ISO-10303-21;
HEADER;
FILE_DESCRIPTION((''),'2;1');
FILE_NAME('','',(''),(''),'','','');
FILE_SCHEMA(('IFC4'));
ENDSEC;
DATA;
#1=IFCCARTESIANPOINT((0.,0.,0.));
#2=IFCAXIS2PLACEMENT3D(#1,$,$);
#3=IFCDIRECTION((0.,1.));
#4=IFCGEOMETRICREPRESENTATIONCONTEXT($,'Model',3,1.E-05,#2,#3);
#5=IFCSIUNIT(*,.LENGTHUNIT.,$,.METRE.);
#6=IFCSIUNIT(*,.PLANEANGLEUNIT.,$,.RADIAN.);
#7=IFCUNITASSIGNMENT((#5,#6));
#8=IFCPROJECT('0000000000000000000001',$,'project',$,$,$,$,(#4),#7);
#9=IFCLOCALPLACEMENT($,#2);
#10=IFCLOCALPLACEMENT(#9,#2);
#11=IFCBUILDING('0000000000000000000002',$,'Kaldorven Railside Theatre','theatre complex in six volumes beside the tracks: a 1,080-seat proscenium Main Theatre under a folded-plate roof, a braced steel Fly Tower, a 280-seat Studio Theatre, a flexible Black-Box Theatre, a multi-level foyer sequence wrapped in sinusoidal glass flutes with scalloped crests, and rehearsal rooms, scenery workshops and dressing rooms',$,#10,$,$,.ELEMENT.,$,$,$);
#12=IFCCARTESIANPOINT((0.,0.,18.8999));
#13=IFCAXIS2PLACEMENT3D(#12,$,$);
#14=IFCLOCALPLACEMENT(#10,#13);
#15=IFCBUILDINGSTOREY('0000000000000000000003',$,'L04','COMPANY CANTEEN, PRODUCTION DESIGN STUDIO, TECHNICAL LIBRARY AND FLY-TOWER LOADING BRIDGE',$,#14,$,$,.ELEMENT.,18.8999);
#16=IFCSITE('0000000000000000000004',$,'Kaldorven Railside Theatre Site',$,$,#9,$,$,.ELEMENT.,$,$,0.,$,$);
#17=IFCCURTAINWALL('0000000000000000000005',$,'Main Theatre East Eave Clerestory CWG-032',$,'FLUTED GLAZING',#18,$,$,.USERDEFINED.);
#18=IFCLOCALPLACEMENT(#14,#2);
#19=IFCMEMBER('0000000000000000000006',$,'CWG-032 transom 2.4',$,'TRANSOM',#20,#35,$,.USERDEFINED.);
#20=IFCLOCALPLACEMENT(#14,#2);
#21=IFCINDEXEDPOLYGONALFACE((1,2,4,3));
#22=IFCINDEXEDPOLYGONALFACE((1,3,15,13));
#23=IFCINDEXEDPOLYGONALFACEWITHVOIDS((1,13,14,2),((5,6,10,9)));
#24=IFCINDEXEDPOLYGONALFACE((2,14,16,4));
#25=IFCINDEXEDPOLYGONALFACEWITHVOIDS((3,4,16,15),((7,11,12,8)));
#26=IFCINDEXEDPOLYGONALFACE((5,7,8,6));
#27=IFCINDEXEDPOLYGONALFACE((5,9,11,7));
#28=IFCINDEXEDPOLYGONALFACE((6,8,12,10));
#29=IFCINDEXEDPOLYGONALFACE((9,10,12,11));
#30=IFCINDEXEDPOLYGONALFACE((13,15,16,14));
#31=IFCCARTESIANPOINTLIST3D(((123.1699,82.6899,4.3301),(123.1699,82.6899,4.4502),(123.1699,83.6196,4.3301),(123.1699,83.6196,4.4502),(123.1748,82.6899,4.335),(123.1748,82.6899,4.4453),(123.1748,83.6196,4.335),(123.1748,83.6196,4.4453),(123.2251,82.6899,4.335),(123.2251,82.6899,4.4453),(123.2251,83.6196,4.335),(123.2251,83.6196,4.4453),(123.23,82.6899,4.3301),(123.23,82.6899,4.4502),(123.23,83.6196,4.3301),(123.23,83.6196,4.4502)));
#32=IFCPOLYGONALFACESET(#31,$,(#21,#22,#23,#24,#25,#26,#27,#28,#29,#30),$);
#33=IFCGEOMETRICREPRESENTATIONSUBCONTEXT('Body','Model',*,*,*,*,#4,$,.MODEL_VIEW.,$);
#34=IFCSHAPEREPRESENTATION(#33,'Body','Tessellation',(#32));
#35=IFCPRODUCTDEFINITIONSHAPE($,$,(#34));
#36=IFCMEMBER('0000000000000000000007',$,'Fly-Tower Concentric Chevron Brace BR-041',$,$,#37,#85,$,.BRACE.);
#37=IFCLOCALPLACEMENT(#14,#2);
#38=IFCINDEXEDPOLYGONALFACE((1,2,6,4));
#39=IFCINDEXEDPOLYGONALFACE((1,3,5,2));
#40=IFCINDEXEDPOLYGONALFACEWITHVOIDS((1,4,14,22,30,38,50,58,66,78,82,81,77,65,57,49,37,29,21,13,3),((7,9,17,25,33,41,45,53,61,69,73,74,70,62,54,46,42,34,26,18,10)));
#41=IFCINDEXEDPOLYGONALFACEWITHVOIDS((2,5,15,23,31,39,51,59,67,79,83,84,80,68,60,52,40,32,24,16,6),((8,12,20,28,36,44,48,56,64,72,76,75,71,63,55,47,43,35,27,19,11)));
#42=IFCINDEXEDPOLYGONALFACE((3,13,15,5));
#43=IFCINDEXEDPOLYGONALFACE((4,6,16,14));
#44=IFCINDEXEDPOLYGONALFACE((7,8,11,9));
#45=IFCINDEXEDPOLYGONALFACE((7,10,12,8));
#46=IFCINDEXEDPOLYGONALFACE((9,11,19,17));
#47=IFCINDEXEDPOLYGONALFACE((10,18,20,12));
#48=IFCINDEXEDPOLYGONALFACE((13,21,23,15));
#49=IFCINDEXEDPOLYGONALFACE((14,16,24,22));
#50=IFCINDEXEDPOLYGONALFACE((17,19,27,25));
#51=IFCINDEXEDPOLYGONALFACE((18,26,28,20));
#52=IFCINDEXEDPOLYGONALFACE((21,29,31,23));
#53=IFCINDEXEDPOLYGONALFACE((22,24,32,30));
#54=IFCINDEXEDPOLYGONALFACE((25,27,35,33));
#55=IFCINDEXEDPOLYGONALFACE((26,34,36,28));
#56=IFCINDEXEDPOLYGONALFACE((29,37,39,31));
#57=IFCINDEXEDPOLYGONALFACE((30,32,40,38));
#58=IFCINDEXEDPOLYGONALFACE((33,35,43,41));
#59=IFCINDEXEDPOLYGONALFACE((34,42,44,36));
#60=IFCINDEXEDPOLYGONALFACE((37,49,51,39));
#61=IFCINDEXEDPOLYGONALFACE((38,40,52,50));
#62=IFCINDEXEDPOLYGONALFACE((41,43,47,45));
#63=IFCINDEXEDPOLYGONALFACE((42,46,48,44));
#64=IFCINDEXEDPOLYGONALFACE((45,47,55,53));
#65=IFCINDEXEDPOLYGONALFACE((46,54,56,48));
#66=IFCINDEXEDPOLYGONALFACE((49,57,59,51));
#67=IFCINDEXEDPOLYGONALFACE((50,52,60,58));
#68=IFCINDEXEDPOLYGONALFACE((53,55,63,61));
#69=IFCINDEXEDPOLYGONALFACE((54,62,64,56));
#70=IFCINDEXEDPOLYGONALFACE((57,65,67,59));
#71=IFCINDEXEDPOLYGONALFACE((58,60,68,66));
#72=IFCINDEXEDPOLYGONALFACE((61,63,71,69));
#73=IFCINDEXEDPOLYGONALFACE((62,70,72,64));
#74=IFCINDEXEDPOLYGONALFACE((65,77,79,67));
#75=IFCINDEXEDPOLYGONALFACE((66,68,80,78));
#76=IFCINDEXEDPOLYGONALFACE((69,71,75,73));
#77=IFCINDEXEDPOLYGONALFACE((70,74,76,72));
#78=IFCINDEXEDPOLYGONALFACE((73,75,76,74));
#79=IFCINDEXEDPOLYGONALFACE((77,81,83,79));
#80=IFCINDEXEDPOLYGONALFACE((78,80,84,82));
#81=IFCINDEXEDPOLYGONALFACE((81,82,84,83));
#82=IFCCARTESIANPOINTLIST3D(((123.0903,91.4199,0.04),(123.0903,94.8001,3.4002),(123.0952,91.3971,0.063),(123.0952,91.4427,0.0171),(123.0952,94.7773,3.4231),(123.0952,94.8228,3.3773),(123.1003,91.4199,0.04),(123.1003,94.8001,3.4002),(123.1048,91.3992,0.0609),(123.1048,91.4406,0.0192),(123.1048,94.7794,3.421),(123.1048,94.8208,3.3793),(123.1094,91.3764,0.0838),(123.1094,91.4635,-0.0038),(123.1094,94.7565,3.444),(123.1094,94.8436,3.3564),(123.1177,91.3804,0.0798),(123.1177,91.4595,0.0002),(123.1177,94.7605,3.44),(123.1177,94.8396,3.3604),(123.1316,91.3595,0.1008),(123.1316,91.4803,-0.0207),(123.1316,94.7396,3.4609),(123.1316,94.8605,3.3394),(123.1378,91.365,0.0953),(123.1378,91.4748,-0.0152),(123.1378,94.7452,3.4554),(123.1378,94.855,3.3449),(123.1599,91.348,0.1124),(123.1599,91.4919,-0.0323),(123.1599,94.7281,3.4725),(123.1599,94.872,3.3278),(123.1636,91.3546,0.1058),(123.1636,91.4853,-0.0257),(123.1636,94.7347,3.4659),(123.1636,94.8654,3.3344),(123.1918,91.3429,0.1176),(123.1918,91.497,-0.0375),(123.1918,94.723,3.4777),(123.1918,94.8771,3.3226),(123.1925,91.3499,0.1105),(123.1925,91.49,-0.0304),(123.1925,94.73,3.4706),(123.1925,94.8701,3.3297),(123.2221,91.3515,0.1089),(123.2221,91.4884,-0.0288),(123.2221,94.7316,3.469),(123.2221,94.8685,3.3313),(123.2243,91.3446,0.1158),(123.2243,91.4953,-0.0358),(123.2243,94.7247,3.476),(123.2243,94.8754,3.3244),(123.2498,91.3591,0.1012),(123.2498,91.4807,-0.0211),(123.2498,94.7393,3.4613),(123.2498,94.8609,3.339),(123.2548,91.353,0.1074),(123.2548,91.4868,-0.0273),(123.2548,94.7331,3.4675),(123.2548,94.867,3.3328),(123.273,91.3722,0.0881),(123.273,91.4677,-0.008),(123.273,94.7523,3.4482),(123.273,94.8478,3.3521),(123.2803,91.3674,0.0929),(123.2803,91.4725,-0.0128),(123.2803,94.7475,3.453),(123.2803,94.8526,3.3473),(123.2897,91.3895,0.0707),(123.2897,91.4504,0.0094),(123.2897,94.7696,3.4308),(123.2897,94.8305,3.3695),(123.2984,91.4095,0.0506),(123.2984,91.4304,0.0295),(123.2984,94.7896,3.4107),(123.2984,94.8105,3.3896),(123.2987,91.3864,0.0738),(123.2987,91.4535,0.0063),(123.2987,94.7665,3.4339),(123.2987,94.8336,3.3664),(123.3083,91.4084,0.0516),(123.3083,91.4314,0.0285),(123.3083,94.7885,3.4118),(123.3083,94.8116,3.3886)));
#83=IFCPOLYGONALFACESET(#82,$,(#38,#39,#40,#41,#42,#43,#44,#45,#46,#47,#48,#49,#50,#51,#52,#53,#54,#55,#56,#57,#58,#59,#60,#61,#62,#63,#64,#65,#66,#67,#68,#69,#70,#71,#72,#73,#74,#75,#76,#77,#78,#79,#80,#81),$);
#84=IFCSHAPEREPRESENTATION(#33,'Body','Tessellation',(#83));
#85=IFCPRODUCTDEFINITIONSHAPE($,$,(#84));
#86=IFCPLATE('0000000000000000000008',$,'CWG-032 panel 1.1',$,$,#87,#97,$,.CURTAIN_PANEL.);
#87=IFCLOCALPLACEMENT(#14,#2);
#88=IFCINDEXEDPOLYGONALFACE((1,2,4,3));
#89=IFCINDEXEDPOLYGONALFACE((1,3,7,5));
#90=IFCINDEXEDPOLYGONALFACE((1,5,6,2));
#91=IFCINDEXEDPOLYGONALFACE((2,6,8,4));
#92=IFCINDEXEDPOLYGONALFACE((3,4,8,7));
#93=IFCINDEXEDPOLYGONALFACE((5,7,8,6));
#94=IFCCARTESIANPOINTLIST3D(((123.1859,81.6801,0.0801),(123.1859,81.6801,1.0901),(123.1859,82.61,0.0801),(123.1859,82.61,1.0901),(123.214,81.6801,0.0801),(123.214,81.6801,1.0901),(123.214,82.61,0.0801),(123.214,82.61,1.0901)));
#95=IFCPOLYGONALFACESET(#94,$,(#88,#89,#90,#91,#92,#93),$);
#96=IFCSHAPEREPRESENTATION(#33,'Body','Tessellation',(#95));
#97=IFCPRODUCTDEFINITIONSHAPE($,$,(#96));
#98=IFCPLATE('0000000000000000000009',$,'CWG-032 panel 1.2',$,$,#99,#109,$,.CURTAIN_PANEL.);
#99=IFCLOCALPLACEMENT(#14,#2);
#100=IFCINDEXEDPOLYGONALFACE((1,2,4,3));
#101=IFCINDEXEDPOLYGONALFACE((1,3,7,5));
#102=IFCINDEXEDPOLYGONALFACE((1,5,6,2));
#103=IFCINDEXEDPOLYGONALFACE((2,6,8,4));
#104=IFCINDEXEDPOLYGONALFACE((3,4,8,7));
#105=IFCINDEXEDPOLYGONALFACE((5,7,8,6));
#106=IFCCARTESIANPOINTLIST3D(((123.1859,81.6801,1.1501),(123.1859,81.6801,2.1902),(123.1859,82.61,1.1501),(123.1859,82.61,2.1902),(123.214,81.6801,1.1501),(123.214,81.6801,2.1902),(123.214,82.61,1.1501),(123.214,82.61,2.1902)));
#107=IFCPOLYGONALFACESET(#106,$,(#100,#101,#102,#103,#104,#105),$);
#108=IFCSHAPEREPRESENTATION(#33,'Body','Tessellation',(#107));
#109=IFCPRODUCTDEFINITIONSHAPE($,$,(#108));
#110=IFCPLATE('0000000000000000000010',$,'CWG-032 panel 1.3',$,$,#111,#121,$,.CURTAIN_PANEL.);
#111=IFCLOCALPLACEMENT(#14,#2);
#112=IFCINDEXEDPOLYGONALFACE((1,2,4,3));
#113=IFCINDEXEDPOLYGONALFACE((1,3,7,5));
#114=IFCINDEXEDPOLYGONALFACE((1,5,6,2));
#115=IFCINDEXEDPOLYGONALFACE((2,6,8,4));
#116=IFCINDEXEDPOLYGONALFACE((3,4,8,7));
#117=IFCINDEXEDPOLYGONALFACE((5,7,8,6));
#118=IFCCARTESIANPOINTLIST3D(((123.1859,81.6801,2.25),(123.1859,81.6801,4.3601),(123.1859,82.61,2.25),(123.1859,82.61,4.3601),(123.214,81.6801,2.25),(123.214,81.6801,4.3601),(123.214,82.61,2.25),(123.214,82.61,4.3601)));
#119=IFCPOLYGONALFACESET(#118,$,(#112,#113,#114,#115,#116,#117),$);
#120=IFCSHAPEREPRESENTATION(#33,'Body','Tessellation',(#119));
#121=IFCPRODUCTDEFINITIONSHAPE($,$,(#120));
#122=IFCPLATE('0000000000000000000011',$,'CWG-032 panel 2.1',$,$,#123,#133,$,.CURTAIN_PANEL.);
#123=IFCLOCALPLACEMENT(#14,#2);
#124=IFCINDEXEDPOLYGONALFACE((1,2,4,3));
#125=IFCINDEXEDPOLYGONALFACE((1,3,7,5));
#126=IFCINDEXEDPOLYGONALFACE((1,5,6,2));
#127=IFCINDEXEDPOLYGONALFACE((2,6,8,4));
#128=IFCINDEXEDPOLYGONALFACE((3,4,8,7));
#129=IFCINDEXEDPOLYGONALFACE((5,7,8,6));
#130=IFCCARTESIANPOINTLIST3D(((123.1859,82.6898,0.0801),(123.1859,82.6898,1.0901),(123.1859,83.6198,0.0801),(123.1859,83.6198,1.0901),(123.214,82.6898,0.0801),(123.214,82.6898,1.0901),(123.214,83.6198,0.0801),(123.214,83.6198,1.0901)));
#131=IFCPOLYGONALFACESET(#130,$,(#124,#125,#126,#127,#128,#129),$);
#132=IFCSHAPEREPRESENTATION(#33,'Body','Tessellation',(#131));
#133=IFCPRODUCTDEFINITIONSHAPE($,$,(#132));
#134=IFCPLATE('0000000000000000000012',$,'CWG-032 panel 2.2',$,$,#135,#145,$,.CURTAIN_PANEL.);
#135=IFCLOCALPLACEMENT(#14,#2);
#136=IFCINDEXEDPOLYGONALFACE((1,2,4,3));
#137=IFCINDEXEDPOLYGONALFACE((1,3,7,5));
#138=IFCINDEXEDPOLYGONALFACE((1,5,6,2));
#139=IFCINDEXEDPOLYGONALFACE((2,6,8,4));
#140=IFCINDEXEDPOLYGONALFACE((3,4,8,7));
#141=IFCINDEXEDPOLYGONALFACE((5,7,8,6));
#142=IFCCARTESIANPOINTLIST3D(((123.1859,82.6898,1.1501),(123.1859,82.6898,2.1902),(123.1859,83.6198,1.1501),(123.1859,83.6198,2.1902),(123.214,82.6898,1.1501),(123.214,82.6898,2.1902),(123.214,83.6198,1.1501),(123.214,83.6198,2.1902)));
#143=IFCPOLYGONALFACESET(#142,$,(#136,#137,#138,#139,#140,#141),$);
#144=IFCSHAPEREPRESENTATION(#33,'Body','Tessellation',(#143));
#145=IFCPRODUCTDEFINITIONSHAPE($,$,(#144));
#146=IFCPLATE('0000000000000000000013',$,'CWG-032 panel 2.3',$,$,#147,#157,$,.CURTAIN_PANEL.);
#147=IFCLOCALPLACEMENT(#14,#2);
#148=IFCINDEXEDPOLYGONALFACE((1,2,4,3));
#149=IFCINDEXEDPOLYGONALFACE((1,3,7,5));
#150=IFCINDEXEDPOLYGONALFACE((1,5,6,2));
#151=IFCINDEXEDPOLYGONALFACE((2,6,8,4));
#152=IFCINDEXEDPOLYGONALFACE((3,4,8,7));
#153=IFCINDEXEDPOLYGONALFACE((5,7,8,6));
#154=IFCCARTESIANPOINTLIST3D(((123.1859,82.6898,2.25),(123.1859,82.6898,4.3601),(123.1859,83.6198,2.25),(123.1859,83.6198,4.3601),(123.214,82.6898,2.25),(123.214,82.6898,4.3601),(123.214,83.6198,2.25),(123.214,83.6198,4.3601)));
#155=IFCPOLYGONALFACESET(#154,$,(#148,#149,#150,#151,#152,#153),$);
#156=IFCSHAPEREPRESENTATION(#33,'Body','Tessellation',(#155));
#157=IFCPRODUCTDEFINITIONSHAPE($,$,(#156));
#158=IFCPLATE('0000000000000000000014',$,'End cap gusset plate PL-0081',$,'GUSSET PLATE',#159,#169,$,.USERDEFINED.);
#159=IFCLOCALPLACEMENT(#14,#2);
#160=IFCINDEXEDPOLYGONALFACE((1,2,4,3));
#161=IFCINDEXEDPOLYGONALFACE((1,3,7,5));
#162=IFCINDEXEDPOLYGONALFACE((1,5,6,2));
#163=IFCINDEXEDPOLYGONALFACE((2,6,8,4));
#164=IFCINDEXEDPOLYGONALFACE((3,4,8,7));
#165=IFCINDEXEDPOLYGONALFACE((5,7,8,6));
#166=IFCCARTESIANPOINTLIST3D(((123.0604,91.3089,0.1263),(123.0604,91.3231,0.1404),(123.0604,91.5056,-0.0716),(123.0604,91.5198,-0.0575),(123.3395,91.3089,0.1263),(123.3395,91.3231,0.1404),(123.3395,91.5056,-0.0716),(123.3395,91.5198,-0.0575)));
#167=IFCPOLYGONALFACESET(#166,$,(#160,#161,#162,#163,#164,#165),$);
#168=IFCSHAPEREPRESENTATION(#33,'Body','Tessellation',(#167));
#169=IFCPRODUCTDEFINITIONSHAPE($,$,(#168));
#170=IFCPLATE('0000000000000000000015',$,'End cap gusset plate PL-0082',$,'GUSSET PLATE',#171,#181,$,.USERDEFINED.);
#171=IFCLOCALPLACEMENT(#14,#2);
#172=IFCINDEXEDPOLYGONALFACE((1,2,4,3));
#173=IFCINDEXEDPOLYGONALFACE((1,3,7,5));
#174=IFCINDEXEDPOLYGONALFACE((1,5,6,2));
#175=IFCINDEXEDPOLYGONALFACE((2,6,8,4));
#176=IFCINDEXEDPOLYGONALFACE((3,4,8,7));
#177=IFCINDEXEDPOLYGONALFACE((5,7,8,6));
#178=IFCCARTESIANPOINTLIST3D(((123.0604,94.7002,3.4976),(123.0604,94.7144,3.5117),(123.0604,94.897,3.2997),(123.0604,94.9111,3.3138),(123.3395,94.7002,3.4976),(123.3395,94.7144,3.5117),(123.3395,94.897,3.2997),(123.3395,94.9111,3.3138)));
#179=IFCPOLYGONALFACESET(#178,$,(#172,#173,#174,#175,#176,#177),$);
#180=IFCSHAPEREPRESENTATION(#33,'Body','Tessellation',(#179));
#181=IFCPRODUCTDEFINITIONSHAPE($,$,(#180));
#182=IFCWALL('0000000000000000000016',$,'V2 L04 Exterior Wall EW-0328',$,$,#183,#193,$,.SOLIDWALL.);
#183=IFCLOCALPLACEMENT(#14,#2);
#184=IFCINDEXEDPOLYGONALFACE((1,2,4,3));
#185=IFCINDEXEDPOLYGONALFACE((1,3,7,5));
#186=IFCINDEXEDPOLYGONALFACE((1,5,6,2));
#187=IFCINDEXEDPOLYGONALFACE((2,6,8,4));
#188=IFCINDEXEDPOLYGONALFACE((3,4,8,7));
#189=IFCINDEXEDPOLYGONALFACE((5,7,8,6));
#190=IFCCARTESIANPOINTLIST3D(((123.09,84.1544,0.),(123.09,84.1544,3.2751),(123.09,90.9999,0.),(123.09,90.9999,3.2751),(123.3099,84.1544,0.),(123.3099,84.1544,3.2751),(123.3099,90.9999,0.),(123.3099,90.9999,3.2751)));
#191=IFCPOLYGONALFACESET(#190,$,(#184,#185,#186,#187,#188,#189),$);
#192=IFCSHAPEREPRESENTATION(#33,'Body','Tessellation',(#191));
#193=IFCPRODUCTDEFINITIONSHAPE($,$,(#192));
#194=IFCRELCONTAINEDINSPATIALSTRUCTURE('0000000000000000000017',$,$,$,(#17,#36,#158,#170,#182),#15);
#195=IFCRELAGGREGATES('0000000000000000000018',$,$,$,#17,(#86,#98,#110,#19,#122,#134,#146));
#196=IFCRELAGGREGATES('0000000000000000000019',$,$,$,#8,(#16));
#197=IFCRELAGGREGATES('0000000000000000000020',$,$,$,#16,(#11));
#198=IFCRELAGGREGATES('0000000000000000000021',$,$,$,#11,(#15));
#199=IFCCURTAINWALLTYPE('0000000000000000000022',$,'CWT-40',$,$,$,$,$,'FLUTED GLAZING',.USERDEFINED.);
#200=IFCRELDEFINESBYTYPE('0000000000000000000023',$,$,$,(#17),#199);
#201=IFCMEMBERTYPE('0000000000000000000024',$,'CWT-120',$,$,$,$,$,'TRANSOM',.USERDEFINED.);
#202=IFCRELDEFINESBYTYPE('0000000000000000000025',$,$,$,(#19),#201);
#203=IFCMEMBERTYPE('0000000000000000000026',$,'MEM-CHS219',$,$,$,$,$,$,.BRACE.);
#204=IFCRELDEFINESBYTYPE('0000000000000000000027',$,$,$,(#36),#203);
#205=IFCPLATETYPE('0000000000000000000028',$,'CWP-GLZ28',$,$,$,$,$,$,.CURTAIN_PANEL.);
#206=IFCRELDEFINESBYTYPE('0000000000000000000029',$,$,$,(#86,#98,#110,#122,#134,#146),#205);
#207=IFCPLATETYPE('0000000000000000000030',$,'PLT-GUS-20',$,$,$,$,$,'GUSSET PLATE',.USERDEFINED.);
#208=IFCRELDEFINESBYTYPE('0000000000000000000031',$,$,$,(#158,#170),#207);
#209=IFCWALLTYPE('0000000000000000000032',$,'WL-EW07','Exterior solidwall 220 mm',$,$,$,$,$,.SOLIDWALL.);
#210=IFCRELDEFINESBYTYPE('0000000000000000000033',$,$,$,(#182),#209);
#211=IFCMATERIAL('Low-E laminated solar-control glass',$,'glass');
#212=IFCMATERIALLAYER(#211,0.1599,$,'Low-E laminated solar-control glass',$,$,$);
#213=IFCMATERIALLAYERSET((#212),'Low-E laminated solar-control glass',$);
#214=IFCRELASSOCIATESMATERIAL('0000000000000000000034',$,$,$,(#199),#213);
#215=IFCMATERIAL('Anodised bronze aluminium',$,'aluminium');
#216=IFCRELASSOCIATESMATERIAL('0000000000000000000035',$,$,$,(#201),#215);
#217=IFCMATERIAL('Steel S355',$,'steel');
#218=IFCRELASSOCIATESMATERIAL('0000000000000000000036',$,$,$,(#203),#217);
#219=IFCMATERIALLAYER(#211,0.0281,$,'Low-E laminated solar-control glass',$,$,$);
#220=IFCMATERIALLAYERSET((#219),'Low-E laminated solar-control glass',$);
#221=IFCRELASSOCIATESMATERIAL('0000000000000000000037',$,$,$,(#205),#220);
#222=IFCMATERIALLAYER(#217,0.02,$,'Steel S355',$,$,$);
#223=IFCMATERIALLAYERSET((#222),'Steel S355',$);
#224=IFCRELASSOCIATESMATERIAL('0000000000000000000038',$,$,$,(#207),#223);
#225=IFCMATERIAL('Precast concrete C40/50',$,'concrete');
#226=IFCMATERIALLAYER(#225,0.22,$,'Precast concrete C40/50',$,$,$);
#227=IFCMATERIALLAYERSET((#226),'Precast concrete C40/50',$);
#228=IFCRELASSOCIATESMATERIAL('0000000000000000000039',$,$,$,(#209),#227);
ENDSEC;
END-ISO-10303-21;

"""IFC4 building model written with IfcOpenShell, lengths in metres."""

from ifc_helpers import new_model, si_unit, direction, frame, frame_2d, origin, origin_2d, place, context, subcontext, project, spatial, rectangle, hollow_rectangle, hollow_circle, extrude, material, layer, layer_set, material_profile, profile_set, type_object, element, aggregate, save


model = new_model("IFC4")

# Units and contexts
model_context = context("Model", 3, precision=1e-05, world=origin(), true_north=direction((0.0, 1.0)))
body_context = subcontext(model_context, "Body", "Model", "MODEL_VIEW")
ifc_project = project(units=[si_unit("LENGTHUNIT", "METRE"), si_unit("PLANEANGLEUNIT", "RADIAN")], contexts=[model_context])

# Site, building, storey
site_placement = place(None, origin())
site = spatial("IfcSite", under=ifc_project, at=site_placement, Name="Kaldorven Railside Theatre Site", CompositionType="ELEMENT", RefElevation=0.0)
building_placement = place(site_placement, origin())
building = spatial("IfcBuilding", under=site, at=building_placement, Name="Kaldorven Railside Theatre", Description="theatre complex in six volumes beside the tracks: a 1,080-seat proscenium Main Theatre under a folded-plate roof, a braced steel Fly Tower, a 280-seat Studio Theatre, a flexible Black-Box Theatre, a multi-level foyer sequence wrapped in sinusoidal glass flutes with scalloped crests, and rehearsal rooms, scenery workshops and dressing rooms", CompositionType="ELEMENT")
storey_placement = place(building_placement, frame((0.0, 0.0, 18.8999)))
storey = spatial("IfcBuildingStorey", under=building, at=storey_placement, Name="L04", Description="COMPANY CANTEEN, PRODUCTION DESIGN STUDIO, TECHNICAL LIBRARY AND FLY-TOWER LOADING BRIDGE", CompositionType="ELEMENT", Elevation=18.8999)

# Shared definitions
ifc_material_1 = material(Name="Steel S355", Category="steel")

# Curtain wall, member
ifc_material_2 = material(Name="Low-E laminated solar-control glass", Category="glass")
ifc_layer_1 = layer(ifc_material_2, 0.1599, Name="Low-E laminated solar-control glass")
ifc_layer_set_1 = layer_set([ifc_layer_1], Name="Low-E laminated solar-control glass")
curtain_wall_type = type_object("IfcCurtainWallType", Name="CWT-40", ElementType="FLUTED GLAZING", PredefinedType="USERDEFINED", material=ifc_layer_set_1)
curtain_wall_placement = place(storey_placement, origin())
curtain_wall = element("IfcCurtainWall", 1, at=curtain_wall_placement, inside=storey, type_object=curtain_wall_type, Name="Main Theatre East Eave Clerestory CWG-032", ObjectType="FLUTED GLAZING", PredefinedType="USERDEFINED")
ifc_material_3 = material(Name="Anodised bronze aluminium", Category="aluminium")
ifc_material_profile_1 = material_profile(ifc_material_3, hollow_rectangle(XDim=0.0601, YDim=0.1201, WallThickness=0.0049, at=origin_2d()), Name="RHS 120x60x5")
ifc_profile_set_1 = profile_set([ifc_material_profile_1], Name="Anodised bronze aluminium")
member_type_1 = type_object("IfcMemberType", Name="CWT-120", ElementType="TRANSOM", PredefinedType="USERDEFINED", material=ifc_profile_set_1)
member_1_placement = place(storey_placement, frame((123.2, 82.6899, 4.3901), z_axis=(0.0, 1.0, 0.0), x_axis=(-1.0, 0.0, 0.0)))
member_1 = element("IfcMember", 2, at=member_1_placement, type_object=member_type_1, Name="CWG-032 transom 2.4", ObjectType="TRANSOM", PredefinedType="USERDEFINED", context=body_context, shape_type="SweptSolid", body=[
    extrude(hollow_rectangle(XDim=0.0601, YDim=0.1201, WallThickness=0.0049, at=origin_2d()), origin(), (0.0, 0.0, 1.0), 0.9297),
])

# Member
ifc_material_profile_2 = material_profile(ifc_material_1, hollow_circle(Radius=0.1096, WallThickness=0.01, at=origin_2d()), Name="CHS 219.1x10")
ifc_profile_set_2 = profile_set([ifc_material_profile_2], Name="Steel S355")
member_type_2 = type_object("IfcMemberType", Name="MEM-CHS219", PredefinedType="BRACE", material=ifc_profile_set_2)
member_2_placement = place(storey_placement, frame((123.2, 91.4199, 0.04), z_axis=(0.0, 0.709204, 0.705003), x_axis=(-1.0, 0.0, 0.0)))
element("IfcMember", 3, at=member_2_placement, inside=storey, type_object=member_type_2, Name="Fly-Tower Concentric Chevron Brace BR-041", PredefinedType="BRACE", context=body_context, shape_type="SweptSolid", body=[
    extrude(hollow_circle(Radius=0.1096, WallThickness=0.01, at=origin_2d()), origin(), (0.0, 0.0, 1.0), 4.7661),
])

# Plates
ifc_layer_2 = layer(ifc_material_2, 0.0281, Name="Low-E laminated solar-control glass")
ifc_layer_set_2 = layer_set([ifc_layer_2], Name="Low-E laminated solar-control glass")
plate_type_1 = type_object("IfcPlateType", Name="CWP-GLZ28", PredefinedType="CURTAIN_PANEL", material=ifc_layer_set_2)
plate_1_placement = place(storey_placement, frame((123.2, 82.145, 0.0801), z_axis=(0.0, 0.0, 1.0), x_axis=(0.0, 1.0, 0.0)))
plate_1 = element("IfcPlate", 4, at=plate_1_placement, type_object=plate_type_1, Name="CWG-032 panel 1.1", PredefinedType="CURTAIN_PANEL", context=body_context, shape_type="SweptSolid", body=[
    extrude(rectangle(XDim=0.9299, YDim=0.0281, at=origin_2d()), origin(), (0.0, 0.0, 1.0), 1.01),
])
plate_2_placement = place(storey_placement, frame((123.2, 82.145, 1.1501), z_axis=(0.0, 0.0, 1.0), x_axis=(0.0, 1.0, 0.0)))
plate_2 = element("IfcPlate", 5, at=plate_2_placement, type_object=plate_type_1, Name="CWG-032 panel 1.2", PredefinedType="CURTAIN_PANEL", context=body_context, shape_type="SweptSolid", body=[
    extrude(rectangle(XDim=0.9299, YDim=0.0281, at=origin_2d()), origin(), (0.0, 0.0, 1.0), 1.04),
])
plate_3_placement = place(storey_placement, frame((123.2, 82.145, 2.25), z_axis=(0.0, 0.0, 1.0), x_axis=(0.0, 1.0, 0.0)))
plate_3 = element("IfcPlate", 6, at=plate_3_placement, type_object=plate_type_1, Name="CWG-032 panel 1.3", PredefinedType="CURTAIN_PANEL", context=body_context, shape_type="SweptSolid", body=[
    extrude(rectangle(XDim=0.9299, YDim=0.0281, at=origin_2d()), origin(), (0.0, 0.0, 1.0), 2.1101),
])
plate_4_placement = place(storey_placement, frame((123.2, 83.1548, 0.0801), z_axis=(0.0, 0.0, 1.0), x_axis=(0.0, 1.0, 0.0)))
plate_4 = element("IfcPlate", 7, at=plate_4_placement, type_object=plate_type_1, Name="CWG-032 panel 2.1", PredefinedType="CURTAIN_PANEL", context=body_context, shape_type="SweptSolid", body=[
    extrude(rectangle(XDim=0.9299, YDim=0.0281, at=origin_2d()), origin(), (0.0, 0.0, 1.0), 1.01),
])
plate_5_placement = place(storey_placement, frame((123.2, 83.1548, 1.1501), z_axis=(0.0, 0.0, 1.0), x_axis=(0.0, 1.0, 0.0)))
plate_5 = element("IfcPlate", 8, at=plate_5_placement, type_object=plate_type_1, Name="CWG-032 panel 2.2", PredefinedType="CURTAIN_PANEL", context=body_context, shape_type="SweptSolid", body=[
    extrude(rectangle(XDim=0.9299, YDim=0.0281, at=origin_2d()), origin(), (0.0, 0.0, 1.0), 1.04),
])
plate_6_placement = place(storey_placement, frame((123.2, 83.1548, 2.25), z_axis=(0.0, 0.0, 1.0), x_axis=(0.0, 1.0, 0.0)))
plate_6 = element("IfcPlate", 9, at=plate_6_placement, type_object=plate_type_1, Name="CWG-032 panel 2.3", PredefinedType="CURTAIN_PANEL", context=body_context, shape_type="SweptSolid", body=[
    extrude(rectangle(XDim=0.9299, YDim=0.0281, at=origin_2d()), origin(), (0.0, 0.0, 1.0), 2.1101),
])
aggregate(curtain_wall, [plate_1, plate_2, plate_3, member_1, plate_4, plate_5, plate_6])

# Plates
ifc_layer_3 = layer(ifc_material_1, 0.02, Name="Steel S355")
ifc_layer_set_3 = layer_set([ifc_layer_3], Name="Steel S355")
plate_type_2 = type_object("IfcPlateType", Name="PLT-GUS-20", ElementType="GUSSET PLATE", PredefinedType="USERDEFINED", material=ifc_layer_set_3)
for number, where, z_axis, x_axis, name in (
    (10, (123.2, 91.4072, 0.0273), (0.0, 0.709202, 0.705006), (-1.0, 0.0, 0.0), "End cap gusset plate PL-0081"),
    (11, (123.2, 94.7986, 3.3987), (0.0, 0.709202, 0.705006), (-1.0, 0.0, 0.0), "End cap gusset plate PL-0082"),
):
    element("IfcPlate", number, at=place(storey_placement, frame(where, z_axis=z_axis, x_axis=x_axis)), inside=storey, type_object=plate_type_2, Name=name, ObjectType="GUSSET PLATE", PredefinedType="USERDEFINED", context=body_context, shape_type="SweptSolid", body=[
        extrude(rectangle(XDim=0.2791, YDim=0.2791, at=origin_2d()), origin(), (0.0, 0.0, 1.0), 0.02),
    ])

# Wall
ifc_material_4 = material(Name="Precast concrete C40/50", Category="concrete")
ifc_layer_4 = layer(ifc_material_4, 0.22, Name="Precast concrete C40/50")
ifc_layer_set_4 = layer_set([ifc_layer_4], Name="Precast concrete C40/50")
wall_type = type_object("IfcWallType", Name="WL-EW07", Description="Exterior solidwall 220 mm", PredefinedType="SOLIDWALL", material=ifc_layer_set_4)
wall_placement = place(storey_placement, frame((123.2, 91.0, 0.0), z_axis=(0.0, 0.0, 1.0), x_axis=(0.0, -1.0, 0.0)))
element("IfcWall", 12, at=wall_placement, inside=storey, type_object=wall_type, Name="V2 L04 Exterior Wall EW-0328", PredefinedType="SOLIDWALL", context=body_context, shape_type="SweptSolid", body=[
    extrude(rectangle(XDim=6.8455, YDim=0.22, at=frame_2d((3.4229, 0.0))), origin(), (0.0, 0.0, 1.0), 3.2751),
])

save(model, "model.ifc")
